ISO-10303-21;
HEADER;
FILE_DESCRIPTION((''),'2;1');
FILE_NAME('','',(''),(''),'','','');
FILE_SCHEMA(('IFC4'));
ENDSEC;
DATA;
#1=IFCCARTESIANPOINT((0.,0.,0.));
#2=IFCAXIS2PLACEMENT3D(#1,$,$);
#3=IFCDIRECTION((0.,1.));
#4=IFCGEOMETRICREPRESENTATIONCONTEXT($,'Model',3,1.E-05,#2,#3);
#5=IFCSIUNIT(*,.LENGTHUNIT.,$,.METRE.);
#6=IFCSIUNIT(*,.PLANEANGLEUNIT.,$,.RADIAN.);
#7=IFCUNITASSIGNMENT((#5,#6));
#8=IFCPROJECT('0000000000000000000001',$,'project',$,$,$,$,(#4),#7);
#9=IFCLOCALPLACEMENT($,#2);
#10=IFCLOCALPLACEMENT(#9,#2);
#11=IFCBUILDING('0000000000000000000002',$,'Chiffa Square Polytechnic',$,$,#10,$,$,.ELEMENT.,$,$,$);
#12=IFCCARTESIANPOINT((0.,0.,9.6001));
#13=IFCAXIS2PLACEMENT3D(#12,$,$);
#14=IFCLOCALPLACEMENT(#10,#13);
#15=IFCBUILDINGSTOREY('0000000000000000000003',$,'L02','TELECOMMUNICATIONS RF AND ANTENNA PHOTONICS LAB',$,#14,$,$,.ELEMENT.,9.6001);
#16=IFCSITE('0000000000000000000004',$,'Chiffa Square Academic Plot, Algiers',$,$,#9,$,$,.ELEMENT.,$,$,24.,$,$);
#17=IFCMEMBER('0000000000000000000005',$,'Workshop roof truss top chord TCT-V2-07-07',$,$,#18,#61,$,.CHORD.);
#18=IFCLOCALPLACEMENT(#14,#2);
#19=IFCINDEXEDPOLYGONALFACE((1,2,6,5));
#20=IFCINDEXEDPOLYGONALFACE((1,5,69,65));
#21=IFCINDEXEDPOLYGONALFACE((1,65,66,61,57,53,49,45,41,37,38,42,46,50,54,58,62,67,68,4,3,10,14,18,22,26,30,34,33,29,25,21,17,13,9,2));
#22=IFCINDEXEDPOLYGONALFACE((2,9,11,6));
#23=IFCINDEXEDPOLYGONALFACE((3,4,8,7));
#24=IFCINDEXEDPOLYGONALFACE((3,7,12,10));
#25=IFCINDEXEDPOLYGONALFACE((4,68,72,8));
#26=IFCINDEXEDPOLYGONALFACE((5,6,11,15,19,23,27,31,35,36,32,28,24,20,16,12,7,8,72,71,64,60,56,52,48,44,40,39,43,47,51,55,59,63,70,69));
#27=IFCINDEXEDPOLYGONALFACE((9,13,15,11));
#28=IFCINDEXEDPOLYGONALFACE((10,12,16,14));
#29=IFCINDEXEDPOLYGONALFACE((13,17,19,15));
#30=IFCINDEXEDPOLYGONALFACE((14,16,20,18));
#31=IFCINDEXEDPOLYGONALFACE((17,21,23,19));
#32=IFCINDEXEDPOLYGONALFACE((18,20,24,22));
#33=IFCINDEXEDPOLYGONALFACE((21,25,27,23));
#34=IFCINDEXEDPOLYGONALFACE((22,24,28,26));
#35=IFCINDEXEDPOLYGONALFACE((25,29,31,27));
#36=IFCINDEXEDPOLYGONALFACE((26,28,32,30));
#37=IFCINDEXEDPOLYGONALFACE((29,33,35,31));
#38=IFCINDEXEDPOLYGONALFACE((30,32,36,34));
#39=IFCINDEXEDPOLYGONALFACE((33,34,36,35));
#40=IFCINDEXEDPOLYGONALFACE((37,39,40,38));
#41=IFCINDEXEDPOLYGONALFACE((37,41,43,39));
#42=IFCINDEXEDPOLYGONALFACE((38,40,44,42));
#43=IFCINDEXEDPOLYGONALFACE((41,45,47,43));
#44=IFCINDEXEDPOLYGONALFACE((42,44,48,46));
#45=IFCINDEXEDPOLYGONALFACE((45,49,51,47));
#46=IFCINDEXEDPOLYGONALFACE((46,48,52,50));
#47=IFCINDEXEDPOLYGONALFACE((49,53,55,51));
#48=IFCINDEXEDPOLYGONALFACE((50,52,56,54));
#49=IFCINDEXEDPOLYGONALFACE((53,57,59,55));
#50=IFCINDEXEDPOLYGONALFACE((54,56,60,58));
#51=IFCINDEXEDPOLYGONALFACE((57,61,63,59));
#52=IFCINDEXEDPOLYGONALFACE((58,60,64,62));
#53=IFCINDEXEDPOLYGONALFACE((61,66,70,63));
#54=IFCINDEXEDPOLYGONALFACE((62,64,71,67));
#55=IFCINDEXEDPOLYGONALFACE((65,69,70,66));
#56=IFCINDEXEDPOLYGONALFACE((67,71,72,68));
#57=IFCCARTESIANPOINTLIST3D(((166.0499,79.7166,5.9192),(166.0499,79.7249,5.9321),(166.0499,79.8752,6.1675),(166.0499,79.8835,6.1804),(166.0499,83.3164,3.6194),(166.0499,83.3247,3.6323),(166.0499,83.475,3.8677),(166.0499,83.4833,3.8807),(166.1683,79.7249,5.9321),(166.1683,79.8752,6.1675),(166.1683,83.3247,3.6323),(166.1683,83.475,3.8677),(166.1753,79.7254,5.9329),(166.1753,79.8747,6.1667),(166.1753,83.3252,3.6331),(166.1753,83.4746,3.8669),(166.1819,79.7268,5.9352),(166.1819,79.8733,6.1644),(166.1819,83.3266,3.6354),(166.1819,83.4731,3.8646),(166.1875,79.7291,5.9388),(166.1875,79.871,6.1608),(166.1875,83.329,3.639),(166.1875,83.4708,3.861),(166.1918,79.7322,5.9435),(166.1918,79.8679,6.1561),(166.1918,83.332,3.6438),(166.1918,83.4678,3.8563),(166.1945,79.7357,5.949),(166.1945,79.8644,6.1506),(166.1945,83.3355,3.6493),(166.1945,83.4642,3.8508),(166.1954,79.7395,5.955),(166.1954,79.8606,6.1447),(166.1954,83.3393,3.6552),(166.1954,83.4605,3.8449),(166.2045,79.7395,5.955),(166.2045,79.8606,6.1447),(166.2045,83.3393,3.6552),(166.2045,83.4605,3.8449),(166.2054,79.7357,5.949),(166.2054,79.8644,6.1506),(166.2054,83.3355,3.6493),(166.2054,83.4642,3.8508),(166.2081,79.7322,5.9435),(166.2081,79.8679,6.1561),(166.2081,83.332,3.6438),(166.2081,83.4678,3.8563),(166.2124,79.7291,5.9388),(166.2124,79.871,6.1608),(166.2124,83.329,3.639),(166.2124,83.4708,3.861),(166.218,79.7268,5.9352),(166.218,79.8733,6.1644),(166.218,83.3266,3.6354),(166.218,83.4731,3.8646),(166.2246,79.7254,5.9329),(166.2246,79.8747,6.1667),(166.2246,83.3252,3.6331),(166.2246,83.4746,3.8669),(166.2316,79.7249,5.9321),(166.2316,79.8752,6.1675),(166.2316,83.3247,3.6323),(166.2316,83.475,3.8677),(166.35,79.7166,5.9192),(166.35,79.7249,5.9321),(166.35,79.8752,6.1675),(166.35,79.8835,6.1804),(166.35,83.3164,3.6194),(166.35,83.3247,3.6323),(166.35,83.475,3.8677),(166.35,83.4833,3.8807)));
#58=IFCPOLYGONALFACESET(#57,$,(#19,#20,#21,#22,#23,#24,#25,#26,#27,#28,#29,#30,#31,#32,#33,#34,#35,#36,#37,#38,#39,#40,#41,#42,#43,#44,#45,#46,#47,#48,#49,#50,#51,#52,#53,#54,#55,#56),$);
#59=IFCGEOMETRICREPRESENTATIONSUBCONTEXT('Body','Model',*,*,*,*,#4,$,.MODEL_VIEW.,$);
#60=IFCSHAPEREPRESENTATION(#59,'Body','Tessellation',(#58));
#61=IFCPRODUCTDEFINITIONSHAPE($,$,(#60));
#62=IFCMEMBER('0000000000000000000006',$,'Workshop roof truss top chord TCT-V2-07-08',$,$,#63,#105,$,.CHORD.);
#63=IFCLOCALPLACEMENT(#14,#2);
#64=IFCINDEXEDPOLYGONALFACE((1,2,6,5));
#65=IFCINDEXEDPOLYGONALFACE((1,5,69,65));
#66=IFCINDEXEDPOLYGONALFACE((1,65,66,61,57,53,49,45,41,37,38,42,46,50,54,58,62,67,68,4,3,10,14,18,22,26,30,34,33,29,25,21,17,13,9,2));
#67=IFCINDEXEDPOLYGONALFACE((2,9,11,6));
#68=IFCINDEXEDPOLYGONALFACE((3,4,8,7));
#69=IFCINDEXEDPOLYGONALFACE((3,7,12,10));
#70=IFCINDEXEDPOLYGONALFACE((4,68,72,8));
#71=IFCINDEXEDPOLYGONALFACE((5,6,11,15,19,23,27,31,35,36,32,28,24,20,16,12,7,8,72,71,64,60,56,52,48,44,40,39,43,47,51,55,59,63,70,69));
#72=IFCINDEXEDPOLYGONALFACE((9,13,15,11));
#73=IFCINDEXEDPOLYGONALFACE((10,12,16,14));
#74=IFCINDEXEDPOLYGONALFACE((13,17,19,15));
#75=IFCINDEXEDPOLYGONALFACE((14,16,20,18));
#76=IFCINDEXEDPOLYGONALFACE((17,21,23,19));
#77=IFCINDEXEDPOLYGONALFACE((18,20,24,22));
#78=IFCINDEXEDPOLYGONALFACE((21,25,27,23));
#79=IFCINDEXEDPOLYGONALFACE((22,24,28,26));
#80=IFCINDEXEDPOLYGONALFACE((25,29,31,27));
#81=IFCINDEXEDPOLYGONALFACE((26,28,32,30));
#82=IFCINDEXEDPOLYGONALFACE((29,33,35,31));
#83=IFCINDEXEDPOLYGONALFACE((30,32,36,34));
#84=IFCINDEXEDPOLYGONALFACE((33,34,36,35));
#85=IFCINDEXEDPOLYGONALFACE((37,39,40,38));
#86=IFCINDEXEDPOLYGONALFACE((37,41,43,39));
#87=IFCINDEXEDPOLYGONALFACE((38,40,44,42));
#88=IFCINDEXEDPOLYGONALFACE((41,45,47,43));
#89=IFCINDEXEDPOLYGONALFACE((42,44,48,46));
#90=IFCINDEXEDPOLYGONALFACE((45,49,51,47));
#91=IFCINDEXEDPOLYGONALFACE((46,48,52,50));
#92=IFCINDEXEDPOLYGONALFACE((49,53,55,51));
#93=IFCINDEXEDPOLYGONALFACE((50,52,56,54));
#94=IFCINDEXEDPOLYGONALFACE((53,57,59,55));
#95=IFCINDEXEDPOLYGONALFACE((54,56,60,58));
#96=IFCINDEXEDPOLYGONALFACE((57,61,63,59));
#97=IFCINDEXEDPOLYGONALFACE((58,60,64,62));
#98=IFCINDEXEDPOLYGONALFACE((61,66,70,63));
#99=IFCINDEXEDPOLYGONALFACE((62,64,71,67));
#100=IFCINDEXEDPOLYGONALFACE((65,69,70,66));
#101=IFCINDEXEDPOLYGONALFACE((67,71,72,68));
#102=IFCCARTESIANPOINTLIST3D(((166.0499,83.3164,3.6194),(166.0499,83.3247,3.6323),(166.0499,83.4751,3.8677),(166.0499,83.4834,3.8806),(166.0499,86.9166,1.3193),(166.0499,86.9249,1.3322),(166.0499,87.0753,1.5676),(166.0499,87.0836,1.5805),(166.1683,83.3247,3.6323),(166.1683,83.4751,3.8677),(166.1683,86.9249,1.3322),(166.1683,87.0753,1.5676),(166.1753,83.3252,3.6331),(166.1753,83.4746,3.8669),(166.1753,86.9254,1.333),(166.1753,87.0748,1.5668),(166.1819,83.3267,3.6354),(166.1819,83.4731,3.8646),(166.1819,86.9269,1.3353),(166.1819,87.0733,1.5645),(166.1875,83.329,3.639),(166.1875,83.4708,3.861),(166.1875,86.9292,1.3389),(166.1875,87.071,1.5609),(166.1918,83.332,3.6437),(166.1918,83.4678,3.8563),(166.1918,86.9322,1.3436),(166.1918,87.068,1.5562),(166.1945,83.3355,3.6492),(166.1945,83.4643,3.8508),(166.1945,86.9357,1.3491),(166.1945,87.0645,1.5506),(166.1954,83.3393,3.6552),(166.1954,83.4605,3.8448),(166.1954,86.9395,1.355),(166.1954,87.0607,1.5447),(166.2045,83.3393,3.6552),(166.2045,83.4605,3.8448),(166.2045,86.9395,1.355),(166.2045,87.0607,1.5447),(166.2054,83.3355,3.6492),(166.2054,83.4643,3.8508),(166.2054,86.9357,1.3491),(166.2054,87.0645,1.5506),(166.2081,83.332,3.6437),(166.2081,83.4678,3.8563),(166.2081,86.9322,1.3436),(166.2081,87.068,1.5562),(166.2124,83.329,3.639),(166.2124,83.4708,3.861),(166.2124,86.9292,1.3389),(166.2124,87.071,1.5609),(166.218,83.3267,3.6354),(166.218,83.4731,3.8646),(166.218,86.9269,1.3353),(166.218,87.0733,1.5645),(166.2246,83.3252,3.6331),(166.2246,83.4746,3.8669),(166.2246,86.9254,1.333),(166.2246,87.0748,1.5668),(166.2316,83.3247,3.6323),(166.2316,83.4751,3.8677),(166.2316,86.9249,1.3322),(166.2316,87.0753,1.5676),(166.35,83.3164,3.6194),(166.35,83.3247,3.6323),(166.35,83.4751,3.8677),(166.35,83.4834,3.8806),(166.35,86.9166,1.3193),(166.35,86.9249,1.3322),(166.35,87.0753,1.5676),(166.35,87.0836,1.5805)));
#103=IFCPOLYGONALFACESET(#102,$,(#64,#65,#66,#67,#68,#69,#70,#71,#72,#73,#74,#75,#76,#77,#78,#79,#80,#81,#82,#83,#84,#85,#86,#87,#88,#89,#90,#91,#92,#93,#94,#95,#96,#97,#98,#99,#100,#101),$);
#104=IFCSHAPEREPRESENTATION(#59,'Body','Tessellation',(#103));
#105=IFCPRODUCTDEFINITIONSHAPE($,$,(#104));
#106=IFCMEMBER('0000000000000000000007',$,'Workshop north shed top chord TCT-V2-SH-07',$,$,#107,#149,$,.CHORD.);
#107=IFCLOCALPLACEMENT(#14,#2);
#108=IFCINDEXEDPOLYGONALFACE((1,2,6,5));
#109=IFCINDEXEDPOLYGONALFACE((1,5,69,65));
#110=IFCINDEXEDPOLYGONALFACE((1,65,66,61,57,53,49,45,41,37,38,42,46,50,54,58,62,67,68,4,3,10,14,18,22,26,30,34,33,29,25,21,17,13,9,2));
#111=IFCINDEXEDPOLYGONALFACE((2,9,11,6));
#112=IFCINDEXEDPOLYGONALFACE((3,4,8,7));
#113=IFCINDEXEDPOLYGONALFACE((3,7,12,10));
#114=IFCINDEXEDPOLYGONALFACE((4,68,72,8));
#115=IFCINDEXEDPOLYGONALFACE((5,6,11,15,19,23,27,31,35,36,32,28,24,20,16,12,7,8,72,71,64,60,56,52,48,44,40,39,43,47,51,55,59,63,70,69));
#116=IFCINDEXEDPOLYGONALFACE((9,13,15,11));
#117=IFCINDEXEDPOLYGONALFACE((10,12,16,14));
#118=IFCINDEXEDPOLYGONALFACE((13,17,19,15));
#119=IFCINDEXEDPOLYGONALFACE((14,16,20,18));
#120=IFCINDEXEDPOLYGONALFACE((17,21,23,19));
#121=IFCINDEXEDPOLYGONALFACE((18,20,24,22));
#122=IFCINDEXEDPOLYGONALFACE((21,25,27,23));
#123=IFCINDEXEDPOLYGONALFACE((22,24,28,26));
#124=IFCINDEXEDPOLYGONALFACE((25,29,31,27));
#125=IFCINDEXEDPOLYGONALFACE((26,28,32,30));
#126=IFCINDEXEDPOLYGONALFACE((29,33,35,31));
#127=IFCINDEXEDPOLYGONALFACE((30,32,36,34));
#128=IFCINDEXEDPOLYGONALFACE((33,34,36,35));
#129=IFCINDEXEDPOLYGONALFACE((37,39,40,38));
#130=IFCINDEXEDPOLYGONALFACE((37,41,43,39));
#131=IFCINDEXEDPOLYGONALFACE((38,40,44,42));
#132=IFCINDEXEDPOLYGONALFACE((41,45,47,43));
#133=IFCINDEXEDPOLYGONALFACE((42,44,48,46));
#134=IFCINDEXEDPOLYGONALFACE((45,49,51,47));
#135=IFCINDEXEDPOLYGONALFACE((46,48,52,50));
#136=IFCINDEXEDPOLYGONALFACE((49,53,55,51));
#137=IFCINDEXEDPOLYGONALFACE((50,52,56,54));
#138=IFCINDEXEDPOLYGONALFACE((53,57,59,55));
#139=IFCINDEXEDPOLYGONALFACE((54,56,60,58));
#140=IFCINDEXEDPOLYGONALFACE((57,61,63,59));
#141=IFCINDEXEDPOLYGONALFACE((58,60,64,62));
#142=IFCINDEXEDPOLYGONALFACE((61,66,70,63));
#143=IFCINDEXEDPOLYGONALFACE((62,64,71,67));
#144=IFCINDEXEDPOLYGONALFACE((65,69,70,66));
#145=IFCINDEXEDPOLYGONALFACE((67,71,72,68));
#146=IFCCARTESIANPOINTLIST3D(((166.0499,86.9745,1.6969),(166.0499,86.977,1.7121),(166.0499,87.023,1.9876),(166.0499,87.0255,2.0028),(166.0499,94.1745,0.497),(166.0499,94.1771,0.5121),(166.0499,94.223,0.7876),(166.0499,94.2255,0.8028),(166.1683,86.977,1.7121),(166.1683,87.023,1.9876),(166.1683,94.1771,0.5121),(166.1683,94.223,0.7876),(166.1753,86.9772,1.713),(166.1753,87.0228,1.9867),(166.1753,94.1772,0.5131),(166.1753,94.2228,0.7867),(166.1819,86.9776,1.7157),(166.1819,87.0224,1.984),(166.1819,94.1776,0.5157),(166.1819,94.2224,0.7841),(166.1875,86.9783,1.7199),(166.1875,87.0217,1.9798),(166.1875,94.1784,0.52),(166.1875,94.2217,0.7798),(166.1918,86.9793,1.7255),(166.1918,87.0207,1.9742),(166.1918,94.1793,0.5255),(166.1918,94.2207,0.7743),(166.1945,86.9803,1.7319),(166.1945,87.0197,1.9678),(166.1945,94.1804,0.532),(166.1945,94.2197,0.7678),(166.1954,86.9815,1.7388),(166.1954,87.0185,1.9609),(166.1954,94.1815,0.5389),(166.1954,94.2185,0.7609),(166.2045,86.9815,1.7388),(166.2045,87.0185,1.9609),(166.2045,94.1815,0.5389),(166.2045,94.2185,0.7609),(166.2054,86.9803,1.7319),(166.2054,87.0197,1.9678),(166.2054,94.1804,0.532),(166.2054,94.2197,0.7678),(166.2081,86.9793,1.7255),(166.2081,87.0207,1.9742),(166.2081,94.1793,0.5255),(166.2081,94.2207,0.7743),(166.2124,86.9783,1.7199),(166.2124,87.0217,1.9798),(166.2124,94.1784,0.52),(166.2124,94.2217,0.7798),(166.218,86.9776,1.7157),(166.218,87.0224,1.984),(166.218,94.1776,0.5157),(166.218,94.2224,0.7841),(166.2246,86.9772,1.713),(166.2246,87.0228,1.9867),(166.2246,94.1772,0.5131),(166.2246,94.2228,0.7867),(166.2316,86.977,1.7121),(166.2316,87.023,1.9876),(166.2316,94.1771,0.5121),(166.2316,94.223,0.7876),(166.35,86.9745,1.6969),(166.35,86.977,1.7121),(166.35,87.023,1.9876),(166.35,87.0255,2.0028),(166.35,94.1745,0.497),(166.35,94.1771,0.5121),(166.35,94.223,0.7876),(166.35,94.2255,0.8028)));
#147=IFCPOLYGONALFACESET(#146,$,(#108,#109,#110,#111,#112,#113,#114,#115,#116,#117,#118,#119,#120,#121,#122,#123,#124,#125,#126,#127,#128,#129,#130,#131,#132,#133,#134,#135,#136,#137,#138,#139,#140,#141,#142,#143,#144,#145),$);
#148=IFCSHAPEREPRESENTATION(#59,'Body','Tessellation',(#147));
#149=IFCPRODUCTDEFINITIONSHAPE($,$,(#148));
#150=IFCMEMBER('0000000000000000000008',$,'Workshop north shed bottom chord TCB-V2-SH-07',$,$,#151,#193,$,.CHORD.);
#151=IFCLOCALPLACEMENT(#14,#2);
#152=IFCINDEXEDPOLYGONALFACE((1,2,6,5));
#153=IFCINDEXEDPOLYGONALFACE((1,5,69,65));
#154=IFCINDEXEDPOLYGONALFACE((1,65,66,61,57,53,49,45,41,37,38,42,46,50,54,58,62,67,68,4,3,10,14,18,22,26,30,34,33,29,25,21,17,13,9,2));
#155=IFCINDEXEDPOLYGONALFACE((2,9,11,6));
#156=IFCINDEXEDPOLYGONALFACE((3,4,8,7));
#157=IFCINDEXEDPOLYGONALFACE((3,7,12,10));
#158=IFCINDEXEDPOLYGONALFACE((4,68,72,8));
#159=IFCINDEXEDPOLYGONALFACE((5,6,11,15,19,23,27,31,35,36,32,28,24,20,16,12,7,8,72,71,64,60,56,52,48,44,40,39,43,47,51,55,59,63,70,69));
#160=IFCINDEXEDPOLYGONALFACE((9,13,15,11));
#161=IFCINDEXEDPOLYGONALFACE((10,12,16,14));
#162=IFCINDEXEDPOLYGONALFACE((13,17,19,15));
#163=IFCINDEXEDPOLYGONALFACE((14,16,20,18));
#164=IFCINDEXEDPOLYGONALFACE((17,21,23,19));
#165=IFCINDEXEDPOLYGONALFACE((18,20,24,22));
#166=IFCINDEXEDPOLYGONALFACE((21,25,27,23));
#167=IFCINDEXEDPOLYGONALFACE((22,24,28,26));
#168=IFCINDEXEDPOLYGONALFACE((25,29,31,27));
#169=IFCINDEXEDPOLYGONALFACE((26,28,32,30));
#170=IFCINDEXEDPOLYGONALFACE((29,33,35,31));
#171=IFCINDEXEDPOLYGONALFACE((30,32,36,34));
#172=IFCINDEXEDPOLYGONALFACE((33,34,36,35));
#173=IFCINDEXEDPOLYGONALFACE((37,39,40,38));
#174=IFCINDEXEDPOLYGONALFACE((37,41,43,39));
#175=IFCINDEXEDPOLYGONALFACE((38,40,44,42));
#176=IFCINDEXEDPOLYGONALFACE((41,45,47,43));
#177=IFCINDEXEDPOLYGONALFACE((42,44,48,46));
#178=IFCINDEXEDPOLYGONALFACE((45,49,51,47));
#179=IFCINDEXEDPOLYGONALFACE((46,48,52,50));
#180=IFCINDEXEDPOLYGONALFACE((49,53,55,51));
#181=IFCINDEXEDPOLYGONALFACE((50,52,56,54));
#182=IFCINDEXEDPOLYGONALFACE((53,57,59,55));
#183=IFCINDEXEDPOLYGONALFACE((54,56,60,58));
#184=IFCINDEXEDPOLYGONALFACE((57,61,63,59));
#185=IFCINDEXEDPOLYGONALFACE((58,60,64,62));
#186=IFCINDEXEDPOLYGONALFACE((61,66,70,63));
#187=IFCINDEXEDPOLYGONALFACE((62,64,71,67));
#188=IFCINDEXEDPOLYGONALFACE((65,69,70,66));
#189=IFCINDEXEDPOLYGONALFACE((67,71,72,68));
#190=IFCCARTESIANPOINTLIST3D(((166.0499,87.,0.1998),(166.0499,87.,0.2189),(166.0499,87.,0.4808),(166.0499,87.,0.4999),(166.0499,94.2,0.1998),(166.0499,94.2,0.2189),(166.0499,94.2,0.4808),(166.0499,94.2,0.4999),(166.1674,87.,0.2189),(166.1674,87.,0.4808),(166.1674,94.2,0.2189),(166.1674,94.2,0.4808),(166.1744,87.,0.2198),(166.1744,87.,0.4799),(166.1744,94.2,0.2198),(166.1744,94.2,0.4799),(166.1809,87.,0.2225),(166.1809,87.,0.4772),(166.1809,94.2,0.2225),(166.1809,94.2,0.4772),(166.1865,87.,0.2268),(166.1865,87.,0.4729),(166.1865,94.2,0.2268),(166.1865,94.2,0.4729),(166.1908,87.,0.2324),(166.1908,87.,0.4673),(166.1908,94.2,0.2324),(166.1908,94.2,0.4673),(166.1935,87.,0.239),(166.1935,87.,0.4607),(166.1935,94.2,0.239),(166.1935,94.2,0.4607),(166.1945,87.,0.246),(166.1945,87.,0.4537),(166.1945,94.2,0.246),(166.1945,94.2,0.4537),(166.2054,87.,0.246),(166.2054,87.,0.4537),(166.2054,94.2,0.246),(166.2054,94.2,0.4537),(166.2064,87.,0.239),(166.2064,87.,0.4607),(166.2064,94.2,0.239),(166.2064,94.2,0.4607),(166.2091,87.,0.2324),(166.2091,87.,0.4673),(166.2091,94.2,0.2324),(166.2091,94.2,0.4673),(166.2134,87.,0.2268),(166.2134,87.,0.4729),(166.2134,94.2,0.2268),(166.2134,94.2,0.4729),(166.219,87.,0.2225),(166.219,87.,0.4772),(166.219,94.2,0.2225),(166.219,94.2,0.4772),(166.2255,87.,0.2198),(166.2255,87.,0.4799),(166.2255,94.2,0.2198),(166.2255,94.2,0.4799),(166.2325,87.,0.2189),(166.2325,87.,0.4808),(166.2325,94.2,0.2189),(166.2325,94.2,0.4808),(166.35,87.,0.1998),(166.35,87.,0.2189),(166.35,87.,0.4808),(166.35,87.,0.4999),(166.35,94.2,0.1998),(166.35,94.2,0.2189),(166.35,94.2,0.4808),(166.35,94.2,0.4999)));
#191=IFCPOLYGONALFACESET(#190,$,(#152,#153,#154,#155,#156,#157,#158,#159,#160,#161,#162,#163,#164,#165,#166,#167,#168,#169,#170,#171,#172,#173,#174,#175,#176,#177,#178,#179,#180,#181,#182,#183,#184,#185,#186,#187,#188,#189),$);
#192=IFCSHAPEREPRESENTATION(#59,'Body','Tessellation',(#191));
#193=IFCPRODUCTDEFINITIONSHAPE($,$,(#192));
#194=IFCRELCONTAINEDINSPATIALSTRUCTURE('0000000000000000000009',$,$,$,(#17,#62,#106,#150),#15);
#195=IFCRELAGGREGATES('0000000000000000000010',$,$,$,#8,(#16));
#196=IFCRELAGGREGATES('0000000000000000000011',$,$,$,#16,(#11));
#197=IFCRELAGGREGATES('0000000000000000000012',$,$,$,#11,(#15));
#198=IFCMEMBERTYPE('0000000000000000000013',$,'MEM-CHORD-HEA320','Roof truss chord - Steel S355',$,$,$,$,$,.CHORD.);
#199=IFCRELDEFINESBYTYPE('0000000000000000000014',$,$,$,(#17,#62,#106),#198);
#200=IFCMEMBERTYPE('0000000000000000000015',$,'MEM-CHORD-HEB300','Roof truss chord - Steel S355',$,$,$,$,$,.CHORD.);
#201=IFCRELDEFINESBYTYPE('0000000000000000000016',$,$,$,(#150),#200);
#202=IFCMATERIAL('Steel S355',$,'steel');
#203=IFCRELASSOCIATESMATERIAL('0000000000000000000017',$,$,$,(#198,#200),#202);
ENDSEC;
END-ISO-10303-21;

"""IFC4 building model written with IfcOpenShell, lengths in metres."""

from ifc_helpers import new_model, si_unit, direction, frame, origin, origin_2d, place, context, subcontext, project, spatial, i_section, extrude, material, material_profile, profile_set, type_object, element, save


model = new_model("IFC4")

# Units and contexts
model_context = context("Model", 3, precision=1e-05, world=origin(), true_north=direction((0.0, 1.0)))
body_context = subcontext(model_context, "Body", "Model", "MODEL_VIEW")
ifc_project = project(units=[si_unit("LENGTHUNIT", "METRE"), si_unit("PLANEANGLEUNIT", "RADIAN")], contexts=[model_context])

# Site, building, storey
site_placement = place(None, origin())
site = spatial("IfcSite", under=ifc_project, at=site_placement, Name="Chiffa Square Academic Plot, Algiers", CompositionType="ELEMENT", RefElevation=24.0)
building_placement = place(site_placement, origin())
building = spatial("IfcBuilding", under=site, at=building_placement, Name="Chiffa Square Polytechnic", CompositionType="ELEMENT")
storey_placement = place(building_placement, frame((0.0, 0.0, 9.6001)))
storey = spatial("IfcBuildingStorey", under=building, at=storey_placement, Name="L02", Description="TELECOMMUNICATIONS RF AND ANTENNA PHOTONICS LAB", CompositionType="ELEMENT", Elevation=9.6001)

# Shared definitions
ifc_material_1 = material(Name="Steel S355", Category="steel")

# Members
ifc_material_profile_1 = material_profile(ifc_material_1, i_section(OverallWidth=0.3, OverallDepth=0.3101, WebThickness=0.009, FlangeThickness=0.0154, FilletRadius=0.0271, at=origin_2d()), Name="HEA 320")
ifc_profile_set_1 = profile_set([ifc_material_profile_1], Name="Steel S355")
member_type_1 = type_object("IfcMemberType", Name="MEM-CHORD-HEA320", Description="Roof truss chord - Steel S355", PredefinedType="CHORD", material=ifc_profile_set_1)
member_1_placement = place(storey_placement, frame((166.2, 79.8, 6.0498), z_axis=(0.0, 0.842707, -0.538372), x_axis=(-1.0, 0.0, 0.0)))
element("IfcMember", 1, at=member_1_placement, inside=storey, type_object=member_type_1, Name="Workshop roof truss top chord TCT-V2-07-07", PredefinedType="CHORD", context=body_context, shape_type="SweptSolid", body=[
    extrude(i_section(OverallWidth=0.3, OverallDepth=0.3101, WebThickness=0.009, FlangeThickness=0.0154, FilletRadius=0.0271, at=origin_2d()), origin(), (0.0, 0.0, 1.0), 4.2717),
])
member_2_placement = place(storey_placement, frame((166.2, 83.3999, 3.75), z_axis=(0.0, 0.842698, -0.538387), x_axis=(-1.0, 0.0, 0.0)))
element("IfcMember", 2, at=member_2_placement, inside=storey, type_object=member_type_1, Name="Workshop roof truss top chord TCT-V2-07-08", PredefinedType="CHORD", context=body_context, shape_type="SweptSolid", body=[
    extrude(i_section(OverallWidth=0.3, OverallDepth=0.3101, WebThickness=0.009, FlangeThickness=0.0154, FilletRadius=0.0271, at=origin_2d()), origin(), (0.0, 0.0, 1.0), 4.2722),
])
member_3_placement = place(storey_placement, frame((166.2, 87.0, 1.8499), z_axis=(0.0, 0.986395, -0.164394), x_axis=(-1.0, 0.0, 0.0)))
element("IfcMember", 3, at=member_3_placement, inside=storey, type_object=member_type_1, Name="Workshop north shed top chord TCT-V2-SH-07", PredefinedType="CHORD", context=body_context, shape_type="SweptSolid", body=[
    extrude(i_section(OverallWidth=0.3, OverallDepth=0.3101, WebThickness=0.009, FlangeThickness=0.0154, FilletRadius=0.0271, at=origin_2d()), origin(), (0.0, 0.0, 1.0), 7.2993),
])
ifc_material_profile_2 = material_profile(ifc_material_1, i_section(OverallWidth=0.3, OverallDepth=0.3, WebThickness=0.011, FlangeThickness=0.019, FilletRadius=0.0271, at=origin_2d()), Name="HEB 300")
ifc_profile_set_2 = profile_set([ifc_material_profile_2], Name="Steel S355")
member_type_2 = type_object("IfcMemberType", Name="MEM-CHORD-HEB300", Description="Roof truss chord - Steel S355", PredefinedType="CHORD", material=ifc_profile_set_2)
member_4_placement = place(storey_placement, frame((166.2, 87.0, 0.3499), z_axis=(0.0, 1.0, 0.0), x_axis=(-1.0, 0.0, 0.0)))
element("IfcMember", 4, at=member_4_placement, inside=storey, type_object=member_type_2, Name="Workshop north shed bottom chord TCB-V2-SH-07", PredefinedType="CHORD", context=body_context, shape_type="SweptSolid", body=[
    extrude(i_section(OverallWidth=0.3, OverallDepth=0.3, WebThickness=0.011, FlangeThickness=0.019, FilletRadius=0.0271, at=origin_2d()), origin(), (0.0, 0.0, 1.0), 7.2),
])

save(model, "model.ifc")
